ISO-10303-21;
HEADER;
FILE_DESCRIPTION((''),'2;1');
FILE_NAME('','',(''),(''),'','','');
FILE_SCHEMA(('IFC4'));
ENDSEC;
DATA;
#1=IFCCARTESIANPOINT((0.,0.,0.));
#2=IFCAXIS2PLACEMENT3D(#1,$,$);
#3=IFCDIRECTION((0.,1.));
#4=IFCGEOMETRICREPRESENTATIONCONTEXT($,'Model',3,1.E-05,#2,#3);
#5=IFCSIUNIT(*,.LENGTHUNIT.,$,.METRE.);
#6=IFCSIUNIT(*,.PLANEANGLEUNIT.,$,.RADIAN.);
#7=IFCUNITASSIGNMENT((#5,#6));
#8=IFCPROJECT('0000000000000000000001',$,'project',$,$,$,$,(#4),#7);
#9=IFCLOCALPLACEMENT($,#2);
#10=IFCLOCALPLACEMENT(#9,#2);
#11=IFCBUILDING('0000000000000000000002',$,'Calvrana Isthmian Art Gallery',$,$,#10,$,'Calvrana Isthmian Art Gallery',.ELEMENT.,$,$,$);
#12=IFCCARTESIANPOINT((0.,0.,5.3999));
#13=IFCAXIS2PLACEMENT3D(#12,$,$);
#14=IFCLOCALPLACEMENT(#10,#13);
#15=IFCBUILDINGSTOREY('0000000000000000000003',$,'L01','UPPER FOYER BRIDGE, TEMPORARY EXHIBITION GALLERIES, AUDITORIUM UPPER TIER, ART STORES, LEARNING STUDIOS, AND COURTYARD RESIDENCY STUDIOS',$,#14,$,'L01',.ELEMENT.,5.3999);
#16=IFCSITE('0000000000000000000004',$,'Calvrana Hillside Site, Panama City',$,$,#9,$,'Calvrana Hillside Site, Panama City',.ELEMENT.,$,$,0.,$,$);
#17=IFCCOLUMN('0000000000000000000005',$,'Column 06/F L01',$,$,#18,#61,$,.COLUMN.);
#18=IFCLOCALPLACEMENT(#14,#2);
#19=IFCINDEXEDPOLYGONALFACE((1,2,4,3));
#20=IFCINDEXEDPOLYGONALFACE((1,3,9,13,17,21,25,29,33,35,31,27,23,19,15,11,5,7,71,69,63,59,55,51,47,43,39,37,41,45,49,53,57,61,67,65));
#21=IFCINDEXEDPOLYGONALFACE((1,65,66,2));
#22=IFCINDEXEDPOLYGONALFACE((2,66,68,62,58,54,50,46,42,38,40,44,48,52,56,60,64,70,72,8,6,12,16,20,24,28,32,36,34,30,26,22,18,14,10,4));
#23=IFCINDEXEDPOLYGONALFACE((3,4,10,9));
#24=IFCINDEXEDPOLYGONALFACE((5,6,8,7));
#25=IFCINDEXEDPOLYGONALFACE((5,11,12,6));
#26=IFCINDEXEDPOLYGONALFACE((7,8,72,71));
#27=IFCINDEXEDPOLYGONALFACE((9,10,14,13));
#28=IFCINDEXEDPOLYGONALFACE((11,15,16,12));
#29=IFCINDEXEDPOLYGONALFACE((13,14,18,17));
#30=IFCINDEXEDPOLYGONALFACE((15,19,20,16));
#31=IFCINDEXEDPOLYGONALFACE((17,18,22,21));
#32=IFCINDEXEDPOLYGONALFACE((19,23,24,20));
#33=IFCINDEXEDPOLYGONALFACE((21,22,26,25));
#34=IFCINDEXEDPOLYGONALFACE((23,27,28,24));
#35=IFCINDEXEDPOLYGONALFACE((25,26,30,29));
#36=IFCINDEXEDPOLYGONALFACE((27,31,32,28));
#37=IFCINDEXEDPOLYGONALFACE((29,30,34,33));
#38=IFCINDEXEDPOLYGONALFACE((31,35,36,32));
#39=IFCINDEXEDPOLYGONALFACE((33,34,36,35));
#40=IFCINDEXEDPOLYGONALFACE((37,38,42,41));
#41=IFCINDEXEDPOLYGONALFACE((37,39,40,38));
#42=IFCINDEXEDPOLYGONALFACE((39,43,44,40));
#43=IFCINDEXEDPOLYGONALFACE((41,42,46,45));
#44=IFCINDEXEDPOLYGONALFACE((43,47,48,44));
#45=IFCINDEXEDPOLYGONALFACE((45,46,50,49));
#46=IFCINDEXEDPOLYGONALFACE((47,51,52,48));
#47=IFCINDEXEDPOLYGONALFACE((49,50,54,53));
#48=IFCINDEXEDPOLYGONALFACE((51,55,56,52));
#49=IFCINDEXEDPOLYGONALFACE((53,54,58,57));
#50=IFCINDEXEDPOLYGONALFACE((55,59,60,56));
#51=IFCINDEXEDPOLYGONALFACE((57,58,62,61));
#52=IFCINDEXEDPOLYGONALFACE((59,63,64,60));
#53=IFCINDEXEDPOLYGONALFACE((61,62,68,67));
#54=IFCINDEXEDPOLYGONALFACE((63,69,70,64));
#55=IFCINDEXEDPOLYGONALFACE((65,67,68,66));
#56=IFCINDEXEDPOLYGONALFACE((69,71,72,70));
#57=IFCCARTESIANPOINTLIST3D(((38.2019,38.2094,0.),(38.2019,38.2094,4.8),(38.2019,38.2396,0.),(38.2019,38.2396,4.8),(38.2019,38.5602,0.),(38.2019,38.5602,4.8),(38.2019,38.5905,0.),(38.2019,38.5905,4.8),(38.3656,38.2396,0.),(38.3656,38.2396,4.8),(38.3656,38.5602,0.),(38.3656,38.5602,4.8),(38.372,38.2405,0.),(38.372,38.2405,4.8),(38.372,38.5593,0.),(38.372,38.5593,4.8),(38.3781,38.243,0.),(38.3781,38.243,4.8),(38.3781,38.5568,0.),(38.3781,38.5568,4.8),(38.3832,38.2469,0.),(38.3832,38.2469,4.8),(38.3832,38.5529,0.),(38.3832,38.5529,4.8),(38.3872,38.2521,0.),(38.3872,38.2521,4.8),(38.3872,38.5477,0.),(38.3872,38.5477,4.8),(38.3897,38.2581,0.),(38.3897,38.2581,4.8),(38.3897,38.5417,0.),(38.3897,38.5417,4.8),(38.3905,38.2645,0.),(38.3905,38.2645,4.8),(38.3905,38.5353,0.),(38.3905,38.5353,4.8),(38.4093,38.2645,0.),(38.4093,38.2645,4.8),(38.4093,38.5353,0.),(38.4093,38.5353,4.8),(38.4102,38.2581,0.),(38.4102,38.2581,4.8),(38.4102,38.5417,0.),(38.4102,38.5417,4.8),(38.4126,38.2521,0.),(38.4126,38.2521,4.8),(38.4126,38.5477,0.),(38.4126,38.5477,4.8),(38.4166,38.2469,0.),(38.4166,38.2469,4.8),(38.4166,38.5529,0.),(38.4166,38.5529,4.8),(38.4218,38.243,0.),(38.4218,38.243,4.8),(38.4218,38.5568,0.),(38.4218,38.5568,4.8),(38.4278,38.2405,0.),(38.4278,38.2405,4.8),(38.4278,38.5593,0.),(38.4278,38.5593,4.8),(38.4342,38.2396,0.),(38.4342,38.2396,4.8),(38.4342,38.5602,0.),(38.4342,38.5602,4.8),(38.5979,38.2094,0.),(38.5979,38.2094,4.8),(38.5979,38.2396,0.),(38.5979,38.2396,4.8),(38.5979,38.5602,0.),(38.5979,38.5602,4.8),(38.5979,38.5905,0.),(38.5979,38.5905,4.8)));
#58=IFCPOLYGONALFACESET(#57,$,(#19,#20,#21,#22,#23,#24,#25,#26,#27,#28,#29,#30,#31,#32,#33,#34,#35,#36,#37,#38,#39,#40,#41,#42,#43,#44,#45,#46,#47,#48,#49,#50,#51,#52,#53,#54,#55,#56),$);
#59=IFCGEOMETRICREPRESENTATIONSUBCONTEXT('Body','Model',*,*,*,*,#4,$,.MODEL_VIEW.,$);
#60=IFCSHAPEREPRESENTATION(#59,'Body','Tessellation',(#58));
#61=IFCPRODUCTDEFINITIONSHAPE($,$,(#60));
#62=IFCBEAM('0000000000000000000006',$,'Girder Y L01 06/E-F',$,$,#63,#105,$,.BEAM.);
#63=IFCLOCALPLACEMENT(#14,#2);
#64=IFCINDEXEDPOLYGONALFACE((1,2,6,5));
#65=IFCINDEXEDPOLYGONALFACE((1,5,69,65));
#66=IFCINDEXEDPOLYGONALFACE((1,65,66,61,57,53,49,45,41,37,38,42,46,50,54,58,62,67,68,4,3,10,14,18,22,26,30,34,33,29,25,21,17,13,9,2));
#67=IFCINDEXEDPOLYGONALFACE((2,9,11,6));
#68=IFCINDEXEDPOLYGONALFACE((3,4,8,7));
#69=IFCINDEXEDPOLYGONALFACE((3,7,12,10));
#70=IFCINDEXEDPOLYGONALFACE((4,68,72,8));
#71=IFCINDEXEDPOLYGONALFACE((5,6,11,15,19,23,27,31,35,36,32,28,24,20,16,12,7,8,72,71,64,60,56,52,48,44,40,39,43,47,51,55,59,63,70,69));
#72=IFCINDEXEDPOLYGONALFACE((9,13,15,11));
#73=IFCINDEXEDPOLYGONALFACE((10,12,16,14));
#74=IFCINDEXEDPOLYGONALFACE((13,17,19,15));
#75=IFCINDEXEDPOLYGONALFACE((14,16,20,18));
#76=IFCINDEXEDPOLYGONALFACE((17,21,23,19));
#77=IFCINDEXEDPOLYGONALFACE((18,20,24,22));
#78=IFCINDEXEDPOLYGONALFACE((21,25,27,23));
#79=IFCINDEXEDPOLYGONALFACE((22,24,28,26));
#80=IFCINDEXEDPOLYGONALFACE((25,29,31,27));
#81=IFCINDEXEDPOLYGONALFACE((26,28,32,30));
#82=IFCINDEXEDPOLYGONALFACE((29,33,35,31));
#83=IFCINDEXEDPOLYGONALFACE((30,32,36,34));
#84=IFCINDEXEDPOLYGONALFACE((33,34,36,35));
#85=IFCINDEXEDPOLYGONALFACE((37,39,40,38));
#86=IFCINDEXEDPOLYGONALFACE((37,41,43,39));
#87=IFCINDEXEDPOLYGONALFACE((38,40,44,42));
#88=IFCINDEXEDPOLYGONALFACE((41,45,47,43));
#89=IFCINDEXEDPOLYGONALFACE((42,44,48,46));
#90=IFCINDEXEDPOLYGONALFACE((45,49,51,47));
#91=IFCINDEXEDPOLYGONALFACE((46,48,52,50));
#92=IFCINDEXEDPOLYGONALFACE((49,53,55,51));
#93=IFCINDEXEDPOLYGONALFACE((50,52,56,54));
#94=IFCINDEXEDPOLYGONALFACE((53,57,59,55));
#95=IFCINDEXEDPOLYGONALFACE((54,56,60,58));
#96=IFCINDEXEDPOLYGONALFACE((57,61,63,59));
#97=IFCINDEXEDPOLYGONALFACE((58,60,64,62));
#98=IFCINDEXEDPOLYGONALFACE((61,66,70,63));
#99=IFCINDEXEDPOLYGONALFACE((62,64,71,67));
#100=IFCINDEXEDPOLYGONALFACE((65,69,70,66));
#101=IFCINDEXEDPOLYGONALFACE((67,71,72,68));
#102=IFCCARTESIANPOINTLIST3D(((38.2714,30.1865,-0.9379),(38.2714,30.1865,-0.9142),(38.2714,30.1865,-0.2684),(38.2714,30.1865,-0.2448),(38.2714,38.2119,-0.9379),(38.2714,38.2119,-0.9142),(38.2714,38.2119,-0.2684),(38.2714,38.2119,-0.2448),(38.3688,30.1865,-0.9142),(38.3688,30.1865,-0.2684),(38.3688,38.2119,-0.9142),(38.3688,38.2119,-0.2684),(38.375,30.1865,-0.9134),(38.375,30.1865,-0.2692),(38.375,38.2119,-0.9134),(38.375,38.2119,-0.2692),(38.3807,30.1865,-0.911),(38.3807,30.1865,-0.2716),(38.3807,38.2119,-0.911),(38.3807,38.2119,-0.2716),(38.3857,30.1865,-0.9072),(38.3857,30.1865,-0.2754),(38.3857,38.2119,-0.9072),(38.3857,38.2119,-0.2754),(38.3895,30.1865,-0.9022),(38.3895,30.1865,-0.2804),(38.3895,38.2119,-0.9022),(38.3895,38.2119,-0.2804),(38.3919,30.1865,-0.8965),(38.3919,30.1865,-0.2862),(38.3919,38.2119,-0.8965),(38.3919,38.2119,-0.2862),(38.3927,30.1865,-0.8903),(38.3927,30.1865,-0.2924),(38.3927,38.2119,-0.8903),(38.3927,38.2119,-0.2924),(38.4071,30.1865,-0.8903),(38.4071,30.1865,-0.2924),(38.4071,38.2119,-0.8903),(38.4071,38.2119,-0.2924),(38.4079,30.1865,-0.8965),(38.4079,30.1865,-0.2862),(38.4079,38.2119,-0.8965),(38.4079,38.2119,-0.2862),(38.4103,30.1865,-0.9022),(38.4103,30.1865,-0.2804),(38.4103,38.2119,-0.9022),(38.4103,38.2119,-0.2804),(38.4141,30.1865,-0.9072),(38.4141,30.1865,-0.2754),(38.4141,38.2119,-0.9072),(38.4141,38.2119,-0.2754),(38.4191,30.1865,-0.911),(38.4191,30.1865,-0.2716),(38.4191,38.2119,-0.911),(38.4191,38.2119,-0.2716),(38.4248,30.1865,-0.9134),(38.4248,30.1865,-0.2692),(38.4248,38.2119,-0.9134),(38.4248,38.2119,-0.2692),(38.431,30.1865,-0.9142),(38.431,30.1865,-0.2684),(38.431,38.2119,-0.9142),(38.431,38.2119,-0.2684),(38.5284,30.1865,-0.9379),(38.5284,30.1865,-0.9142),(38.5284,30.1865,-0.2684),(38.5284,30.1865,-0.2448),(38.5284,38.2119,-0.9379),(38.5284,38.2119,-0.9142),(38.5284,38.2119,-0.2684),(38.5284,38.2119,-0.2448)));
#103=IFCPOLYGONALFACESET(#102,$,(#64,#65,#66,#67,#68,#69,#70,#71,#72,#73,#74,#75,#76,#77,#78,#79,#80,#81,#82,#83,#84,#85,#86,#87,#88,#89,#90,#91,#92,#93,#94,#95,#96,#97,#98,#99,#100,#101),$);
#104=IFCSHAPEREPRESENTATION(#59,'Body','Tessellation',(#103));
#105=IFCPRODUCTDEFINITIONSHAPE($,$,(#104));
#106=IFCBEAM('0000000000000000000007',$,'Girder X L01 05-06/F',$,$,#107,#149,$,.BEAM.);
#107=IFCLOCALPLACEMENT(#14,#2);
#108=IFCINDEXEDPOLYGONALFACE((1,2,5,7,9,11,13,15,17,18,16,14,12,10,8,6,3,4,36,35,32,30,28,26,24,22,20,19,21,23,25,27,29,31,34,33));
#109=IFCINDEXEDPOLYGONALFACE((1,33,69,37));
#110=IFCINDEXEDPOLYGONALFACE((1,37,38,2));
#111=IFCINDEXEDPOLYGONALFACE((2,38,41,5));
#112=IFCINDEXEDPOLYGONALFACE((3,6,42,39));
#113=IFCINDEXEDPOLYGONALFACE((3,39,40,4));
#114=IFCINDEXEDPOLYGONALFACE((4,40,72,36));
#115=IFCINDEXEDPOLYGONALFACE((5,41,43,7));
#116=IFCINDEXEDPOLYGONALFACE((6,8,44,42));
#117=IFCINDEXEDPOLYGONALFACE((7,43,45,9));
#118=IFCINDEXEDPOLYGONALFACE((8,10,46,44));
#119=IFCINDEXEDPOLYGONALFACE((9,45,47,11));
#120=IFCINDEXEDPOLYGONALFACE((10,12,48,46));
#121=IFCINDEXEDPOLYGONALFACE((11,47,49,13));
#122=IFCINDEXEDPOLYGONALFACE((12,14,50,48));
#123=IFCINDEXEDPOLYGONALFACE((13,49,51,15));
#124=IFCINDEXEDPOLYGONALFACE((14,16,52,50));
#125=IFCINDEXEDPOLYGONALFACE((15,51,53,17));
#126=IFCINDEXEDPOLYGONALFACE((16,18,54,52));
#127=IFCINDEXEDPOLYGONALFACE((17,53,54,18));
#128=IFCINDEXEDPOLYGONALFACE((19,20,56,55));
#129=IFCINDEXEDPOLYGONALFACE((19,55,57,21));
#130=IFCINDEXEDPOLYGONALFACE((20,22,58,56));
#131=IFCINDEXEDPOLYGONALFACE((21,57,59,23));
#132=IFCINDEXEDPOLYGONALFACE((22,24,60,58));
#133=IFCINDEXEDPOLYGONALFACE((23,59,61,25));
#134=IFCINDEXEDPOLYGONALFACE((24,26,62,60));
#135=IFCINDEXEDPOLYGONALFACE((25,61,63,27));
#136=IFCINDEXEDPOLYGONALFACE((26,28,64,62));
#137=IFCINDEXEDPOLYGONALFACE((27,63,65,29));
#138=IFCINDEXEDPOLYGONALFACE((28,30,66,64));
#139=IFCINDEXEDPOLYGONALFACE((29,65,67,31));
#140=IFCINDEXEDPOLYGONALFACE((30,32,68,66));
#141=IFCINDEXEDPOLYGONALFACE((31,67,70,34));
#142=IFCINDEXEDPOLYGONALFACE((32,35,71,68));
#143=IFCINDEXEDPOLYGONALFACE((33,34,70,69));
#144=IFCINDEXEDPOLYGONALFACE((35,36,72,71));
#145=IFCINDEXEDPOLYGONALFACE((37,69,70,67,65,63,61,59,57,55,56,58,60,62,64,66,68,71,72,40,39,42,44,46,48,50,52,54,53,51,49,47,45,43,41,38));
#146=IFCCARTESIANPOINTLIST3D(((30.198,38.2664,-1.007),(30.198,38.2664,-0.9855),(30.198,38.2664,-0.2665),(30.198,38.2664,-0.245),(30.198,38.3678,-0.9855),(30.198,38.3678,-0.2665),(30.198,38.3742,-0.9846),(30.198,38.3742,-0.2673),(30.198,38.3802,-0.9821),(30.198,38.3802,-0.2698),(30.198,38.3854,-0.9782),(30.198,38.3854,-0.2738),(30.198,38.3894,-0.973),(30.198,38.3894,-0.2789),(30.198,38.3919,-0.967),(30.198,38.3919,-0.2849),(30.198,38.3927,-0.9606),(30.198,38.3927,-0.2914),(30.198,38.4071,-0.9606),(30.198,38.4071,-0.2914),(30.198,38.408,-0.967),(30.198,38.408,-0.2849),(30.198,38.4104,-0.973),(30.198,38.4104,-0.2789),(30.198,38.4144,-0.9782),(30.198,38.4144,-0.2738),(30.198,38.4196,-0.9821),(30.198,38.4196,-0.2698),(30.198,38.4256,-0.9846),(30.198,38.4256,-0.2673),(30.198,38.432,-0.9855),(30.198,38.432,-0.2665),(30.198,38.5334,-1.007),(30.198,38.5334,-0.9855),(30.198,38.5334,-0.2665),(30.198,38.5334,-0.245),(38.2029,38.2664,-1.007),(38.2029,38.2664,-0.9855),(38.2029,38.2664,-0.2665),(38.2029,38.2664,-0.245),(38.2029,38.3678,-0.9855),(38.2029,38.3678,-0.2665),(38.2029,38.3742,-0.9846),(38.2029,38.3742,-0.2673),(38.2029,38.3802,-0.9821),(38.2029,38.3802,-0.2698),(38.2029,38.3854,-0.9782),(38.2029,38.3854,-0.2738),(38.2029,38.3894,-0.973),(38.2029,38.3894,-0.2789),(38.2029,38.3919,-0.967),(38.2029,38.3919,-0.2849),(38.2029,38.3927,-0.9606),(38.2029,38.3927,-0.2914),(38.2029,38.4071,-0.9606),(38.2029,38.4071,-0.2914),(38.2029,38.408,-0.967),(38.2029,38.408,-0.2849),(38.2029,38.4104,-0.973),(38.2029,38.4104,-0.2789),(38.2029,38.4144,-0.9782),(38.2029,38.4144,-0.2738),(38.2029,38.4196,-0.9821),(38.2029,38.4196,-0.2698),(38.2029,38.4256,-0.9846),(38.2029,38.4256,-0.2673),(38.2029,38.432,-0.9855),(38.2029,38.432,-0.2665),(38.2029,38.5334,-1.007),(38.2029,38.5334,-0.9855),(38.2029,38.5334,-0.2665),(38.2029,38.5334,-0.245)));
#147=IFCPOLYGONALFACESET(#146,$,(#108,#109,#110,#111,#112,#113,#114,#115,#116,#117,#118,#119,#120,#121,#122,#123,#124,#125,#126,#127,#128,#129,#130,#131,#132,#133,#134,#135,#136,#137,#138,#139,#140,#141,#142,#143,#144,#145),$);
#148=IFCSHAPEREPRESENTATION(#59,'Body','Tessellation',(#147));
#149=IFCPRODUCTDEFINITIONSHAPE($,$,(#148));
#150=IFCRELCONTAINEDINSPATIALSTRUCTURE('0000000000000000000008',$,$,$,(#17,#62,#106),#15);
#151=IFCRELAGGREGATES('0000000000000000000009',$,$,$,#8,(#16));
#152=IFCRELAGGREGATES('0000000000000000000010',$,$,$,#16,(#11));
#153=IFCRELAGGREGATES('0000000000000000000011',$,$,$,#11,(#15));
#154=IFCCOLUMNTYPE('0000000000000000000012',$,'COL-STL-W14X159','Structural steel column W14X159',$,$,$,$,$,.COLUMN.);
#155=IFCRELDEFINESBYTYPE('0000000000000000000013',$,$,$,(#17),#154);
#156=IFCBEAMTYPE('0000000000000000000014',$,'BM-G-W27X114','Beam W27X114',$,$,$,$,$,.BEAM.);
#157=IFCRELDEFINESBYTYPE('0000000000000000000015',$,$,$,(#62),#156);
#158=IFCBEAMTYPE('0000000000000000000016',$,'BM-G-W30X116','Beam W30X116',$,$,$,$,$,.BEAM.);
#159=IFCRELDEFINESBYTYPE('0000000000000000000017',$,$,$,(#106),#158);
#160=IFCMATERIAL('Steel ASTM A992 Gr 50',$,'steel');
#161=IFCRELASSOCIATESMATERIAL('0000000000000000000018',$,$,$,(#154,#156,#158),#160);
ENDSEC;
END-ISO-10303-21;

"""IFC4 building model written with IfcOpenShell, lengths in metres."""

from ifc_helpers import new_model, si_unit, direction, frame, origin, origin_2d, place, context, subcontext, project, spatial, i_section, extrude, material, material_profile, profile_set, type_object, element, save


model = new_model("IFC4")

# Units and contexts
model_context = context("Model", 3, precision=1e-05, world=origin(), true_north=direction((0.0, 1.0)))
body_context = subcontext(model_context, "Body", "Model", "MODEL_VIEW")
ifc_project = project(units=[si_unit("LENGTHUNIT", "METRE"), si_unit("PLANEANGLEUNIT", "RADIAN")], contexts=[model_context])

# Site, building, storey
site_placement = place(None, origin())
site = spatial("IfcSite", under=ifc_project, at=site_placement, Name="Calvrana Hillside Site, Panama City", LongName="Calvrana Hillside Site, Panama City", CompositionType="ELEMENT", RefElevation=0.0)
building_placement = place(site_placement, origin())
building = spatial("IfcBuilding", under=site, at=building_placement, Name="Calvrana Isthmian Art Gallery", LongName="Calvrana Isthmian Art Gallery", CompositionType="ELEMENT")
storey_placement = place(building_placement, frame((0.0, 0.0, 5.3999)))
storey = spatial("IfcBuildingStorey", under=building, at=storey_placement, Name="L01", Description="UPPER FOYER BRIDGE, TEMPORARY EXHIBITION GALLERIES, AUDITORIUM UPPER TIER, ART STORES, LEARNING STUDIOS, AND COURTYARD RESIDENCY STUDIOS", LongName="L01", CompositionType="ELEMENT", Elevation=5.3999)

# Column
ifc_material_1 = material(Name="Steel ASTM A992 Gr 50", Category="steel")
ifc_material_profile_1 = material_profile(ifc_material_1, i_section(OverallWidth=0.396, OverallDepth=0.3811, WebThickness=0.0188, FlangeThickness=0.0303, FilletRadius=0.0249, at=origin_2d()), Name="W14X159")
ifc_profile_set_1 = profile_set([ifc_material_profile_1], Name="Steel ASTM A992 Gr 50")
column_type = type_object("IfcColumnType", Name="COL-STL-W14X159", Description="Structural steel column W14X159", PredefinedType="COLUMN", material=ifc_profile_set_1)
column_placement = place(storey_placement, frame((38.3999, 38.3999, 0.0), z_axis=(0.0, 0.0, 1.0), x_axis=(1.0, 0.0, 0.0)))
element("IfcColumn", 1, at=column_placement, inside=storey, type_object=column_type, Name="Column 06/F L01", PredefinedType="COLUMN", context=body_context, shape_type="SweptSolid", body=[
    extrude(i_section(OverallWidth=0.396, OverallDepth=0.3811, WebThickness=0.0188, FlangeThickness=0.0303, FilletRadius=0.0249, at=origin_2d()), origin(), (0.0, 0.0, 1.0), 4.8),
])

# Beams
ifc_material_profile_2 = material_profile(ifc_material_1, i_section(OverallWidth=0.2571, OverallDepth=0.6931, WebThickness=0.0144, FlangeThickness=0.0237, FilletRadius=0.0239, at=origin_2d()), Name="W27X114")
ifc_profile_set_2 = profile_set([ifc_material_profile_2], Name="Steel ASTM A992 Gr 50")
beam_type_1 = type_object("IfcBeamType", Name="BM-G-W27X114", Description="Beam W27X114", PredefinedType="BEAM", material=ifc_profile_set_2)
beam_1_placement = place(storey_placement, frame((38.3999, 30.1865, -0.5913), z_axis=(0.0, 1.0, 0.0), x_axis=(-1.0, 0.0, 0.0)))
element("IfcBeam", 2, at=beam_1_placement, inside=storey, type_object=beam_type_1, Name="Girder Y L01 06/E-F", PredefinedType="BEAM", context=body_context, shape_type="SweptSolid", body=[
    extrude(i_section(OverallWidth=0.2571, OverallDepth=0.6931, WebThickness=0.0144, FlangeThickness=0.0237, FilletRadius=0.0239, at=origin_2d()), origin(), (0.0, 0.0, 1.0), 8.0254),
])
ifc_material_profile_3 = material_profile(ifc_material_1, i_section(OverallWidth=0.2671, OverallDepth=0.762, WebThickness=0.0144, FlangeThickness=0.0215, FilletRadius=0.0249, at=origin_2d()), Name="W30X116")
ifc_profile_set_3 = profile_set([ifc_material_profile_3], Name="Steel ASTM A992 Gr 50")
beam_type_2 = type_object("IfcBeamType", Name="BM-G-W30X116", Description="Beam W30X116", PredefinedType="BEAM", material=ifc_profile_set_3)
beam_2_placement = place(storey_placement, frame((30.198, 38.3999, -0.626), z_axis=(1.0, 0.0, 0.0), x_axis=(0.0, 1.0, 0.0)))
element("IfcBeam", 3, at=beam_2_placement, inside=storey, type_object=beam_type_2, Name="Girder X L01 05-06/F", PredefinedType="BEAM", context=body_context, shape_type="SweptSolid", body=[
    extrude(i_section(OverallWidth=0.2671, OverallDepth=0.762, WebThickness=0.0144, FlangeThickness=0.0215, FilletRadius=0.0249, at=origin_2d()), origin(), (0.0, 0.0, 1.0), 8.0049),
])

save(model, "model.ifc")
